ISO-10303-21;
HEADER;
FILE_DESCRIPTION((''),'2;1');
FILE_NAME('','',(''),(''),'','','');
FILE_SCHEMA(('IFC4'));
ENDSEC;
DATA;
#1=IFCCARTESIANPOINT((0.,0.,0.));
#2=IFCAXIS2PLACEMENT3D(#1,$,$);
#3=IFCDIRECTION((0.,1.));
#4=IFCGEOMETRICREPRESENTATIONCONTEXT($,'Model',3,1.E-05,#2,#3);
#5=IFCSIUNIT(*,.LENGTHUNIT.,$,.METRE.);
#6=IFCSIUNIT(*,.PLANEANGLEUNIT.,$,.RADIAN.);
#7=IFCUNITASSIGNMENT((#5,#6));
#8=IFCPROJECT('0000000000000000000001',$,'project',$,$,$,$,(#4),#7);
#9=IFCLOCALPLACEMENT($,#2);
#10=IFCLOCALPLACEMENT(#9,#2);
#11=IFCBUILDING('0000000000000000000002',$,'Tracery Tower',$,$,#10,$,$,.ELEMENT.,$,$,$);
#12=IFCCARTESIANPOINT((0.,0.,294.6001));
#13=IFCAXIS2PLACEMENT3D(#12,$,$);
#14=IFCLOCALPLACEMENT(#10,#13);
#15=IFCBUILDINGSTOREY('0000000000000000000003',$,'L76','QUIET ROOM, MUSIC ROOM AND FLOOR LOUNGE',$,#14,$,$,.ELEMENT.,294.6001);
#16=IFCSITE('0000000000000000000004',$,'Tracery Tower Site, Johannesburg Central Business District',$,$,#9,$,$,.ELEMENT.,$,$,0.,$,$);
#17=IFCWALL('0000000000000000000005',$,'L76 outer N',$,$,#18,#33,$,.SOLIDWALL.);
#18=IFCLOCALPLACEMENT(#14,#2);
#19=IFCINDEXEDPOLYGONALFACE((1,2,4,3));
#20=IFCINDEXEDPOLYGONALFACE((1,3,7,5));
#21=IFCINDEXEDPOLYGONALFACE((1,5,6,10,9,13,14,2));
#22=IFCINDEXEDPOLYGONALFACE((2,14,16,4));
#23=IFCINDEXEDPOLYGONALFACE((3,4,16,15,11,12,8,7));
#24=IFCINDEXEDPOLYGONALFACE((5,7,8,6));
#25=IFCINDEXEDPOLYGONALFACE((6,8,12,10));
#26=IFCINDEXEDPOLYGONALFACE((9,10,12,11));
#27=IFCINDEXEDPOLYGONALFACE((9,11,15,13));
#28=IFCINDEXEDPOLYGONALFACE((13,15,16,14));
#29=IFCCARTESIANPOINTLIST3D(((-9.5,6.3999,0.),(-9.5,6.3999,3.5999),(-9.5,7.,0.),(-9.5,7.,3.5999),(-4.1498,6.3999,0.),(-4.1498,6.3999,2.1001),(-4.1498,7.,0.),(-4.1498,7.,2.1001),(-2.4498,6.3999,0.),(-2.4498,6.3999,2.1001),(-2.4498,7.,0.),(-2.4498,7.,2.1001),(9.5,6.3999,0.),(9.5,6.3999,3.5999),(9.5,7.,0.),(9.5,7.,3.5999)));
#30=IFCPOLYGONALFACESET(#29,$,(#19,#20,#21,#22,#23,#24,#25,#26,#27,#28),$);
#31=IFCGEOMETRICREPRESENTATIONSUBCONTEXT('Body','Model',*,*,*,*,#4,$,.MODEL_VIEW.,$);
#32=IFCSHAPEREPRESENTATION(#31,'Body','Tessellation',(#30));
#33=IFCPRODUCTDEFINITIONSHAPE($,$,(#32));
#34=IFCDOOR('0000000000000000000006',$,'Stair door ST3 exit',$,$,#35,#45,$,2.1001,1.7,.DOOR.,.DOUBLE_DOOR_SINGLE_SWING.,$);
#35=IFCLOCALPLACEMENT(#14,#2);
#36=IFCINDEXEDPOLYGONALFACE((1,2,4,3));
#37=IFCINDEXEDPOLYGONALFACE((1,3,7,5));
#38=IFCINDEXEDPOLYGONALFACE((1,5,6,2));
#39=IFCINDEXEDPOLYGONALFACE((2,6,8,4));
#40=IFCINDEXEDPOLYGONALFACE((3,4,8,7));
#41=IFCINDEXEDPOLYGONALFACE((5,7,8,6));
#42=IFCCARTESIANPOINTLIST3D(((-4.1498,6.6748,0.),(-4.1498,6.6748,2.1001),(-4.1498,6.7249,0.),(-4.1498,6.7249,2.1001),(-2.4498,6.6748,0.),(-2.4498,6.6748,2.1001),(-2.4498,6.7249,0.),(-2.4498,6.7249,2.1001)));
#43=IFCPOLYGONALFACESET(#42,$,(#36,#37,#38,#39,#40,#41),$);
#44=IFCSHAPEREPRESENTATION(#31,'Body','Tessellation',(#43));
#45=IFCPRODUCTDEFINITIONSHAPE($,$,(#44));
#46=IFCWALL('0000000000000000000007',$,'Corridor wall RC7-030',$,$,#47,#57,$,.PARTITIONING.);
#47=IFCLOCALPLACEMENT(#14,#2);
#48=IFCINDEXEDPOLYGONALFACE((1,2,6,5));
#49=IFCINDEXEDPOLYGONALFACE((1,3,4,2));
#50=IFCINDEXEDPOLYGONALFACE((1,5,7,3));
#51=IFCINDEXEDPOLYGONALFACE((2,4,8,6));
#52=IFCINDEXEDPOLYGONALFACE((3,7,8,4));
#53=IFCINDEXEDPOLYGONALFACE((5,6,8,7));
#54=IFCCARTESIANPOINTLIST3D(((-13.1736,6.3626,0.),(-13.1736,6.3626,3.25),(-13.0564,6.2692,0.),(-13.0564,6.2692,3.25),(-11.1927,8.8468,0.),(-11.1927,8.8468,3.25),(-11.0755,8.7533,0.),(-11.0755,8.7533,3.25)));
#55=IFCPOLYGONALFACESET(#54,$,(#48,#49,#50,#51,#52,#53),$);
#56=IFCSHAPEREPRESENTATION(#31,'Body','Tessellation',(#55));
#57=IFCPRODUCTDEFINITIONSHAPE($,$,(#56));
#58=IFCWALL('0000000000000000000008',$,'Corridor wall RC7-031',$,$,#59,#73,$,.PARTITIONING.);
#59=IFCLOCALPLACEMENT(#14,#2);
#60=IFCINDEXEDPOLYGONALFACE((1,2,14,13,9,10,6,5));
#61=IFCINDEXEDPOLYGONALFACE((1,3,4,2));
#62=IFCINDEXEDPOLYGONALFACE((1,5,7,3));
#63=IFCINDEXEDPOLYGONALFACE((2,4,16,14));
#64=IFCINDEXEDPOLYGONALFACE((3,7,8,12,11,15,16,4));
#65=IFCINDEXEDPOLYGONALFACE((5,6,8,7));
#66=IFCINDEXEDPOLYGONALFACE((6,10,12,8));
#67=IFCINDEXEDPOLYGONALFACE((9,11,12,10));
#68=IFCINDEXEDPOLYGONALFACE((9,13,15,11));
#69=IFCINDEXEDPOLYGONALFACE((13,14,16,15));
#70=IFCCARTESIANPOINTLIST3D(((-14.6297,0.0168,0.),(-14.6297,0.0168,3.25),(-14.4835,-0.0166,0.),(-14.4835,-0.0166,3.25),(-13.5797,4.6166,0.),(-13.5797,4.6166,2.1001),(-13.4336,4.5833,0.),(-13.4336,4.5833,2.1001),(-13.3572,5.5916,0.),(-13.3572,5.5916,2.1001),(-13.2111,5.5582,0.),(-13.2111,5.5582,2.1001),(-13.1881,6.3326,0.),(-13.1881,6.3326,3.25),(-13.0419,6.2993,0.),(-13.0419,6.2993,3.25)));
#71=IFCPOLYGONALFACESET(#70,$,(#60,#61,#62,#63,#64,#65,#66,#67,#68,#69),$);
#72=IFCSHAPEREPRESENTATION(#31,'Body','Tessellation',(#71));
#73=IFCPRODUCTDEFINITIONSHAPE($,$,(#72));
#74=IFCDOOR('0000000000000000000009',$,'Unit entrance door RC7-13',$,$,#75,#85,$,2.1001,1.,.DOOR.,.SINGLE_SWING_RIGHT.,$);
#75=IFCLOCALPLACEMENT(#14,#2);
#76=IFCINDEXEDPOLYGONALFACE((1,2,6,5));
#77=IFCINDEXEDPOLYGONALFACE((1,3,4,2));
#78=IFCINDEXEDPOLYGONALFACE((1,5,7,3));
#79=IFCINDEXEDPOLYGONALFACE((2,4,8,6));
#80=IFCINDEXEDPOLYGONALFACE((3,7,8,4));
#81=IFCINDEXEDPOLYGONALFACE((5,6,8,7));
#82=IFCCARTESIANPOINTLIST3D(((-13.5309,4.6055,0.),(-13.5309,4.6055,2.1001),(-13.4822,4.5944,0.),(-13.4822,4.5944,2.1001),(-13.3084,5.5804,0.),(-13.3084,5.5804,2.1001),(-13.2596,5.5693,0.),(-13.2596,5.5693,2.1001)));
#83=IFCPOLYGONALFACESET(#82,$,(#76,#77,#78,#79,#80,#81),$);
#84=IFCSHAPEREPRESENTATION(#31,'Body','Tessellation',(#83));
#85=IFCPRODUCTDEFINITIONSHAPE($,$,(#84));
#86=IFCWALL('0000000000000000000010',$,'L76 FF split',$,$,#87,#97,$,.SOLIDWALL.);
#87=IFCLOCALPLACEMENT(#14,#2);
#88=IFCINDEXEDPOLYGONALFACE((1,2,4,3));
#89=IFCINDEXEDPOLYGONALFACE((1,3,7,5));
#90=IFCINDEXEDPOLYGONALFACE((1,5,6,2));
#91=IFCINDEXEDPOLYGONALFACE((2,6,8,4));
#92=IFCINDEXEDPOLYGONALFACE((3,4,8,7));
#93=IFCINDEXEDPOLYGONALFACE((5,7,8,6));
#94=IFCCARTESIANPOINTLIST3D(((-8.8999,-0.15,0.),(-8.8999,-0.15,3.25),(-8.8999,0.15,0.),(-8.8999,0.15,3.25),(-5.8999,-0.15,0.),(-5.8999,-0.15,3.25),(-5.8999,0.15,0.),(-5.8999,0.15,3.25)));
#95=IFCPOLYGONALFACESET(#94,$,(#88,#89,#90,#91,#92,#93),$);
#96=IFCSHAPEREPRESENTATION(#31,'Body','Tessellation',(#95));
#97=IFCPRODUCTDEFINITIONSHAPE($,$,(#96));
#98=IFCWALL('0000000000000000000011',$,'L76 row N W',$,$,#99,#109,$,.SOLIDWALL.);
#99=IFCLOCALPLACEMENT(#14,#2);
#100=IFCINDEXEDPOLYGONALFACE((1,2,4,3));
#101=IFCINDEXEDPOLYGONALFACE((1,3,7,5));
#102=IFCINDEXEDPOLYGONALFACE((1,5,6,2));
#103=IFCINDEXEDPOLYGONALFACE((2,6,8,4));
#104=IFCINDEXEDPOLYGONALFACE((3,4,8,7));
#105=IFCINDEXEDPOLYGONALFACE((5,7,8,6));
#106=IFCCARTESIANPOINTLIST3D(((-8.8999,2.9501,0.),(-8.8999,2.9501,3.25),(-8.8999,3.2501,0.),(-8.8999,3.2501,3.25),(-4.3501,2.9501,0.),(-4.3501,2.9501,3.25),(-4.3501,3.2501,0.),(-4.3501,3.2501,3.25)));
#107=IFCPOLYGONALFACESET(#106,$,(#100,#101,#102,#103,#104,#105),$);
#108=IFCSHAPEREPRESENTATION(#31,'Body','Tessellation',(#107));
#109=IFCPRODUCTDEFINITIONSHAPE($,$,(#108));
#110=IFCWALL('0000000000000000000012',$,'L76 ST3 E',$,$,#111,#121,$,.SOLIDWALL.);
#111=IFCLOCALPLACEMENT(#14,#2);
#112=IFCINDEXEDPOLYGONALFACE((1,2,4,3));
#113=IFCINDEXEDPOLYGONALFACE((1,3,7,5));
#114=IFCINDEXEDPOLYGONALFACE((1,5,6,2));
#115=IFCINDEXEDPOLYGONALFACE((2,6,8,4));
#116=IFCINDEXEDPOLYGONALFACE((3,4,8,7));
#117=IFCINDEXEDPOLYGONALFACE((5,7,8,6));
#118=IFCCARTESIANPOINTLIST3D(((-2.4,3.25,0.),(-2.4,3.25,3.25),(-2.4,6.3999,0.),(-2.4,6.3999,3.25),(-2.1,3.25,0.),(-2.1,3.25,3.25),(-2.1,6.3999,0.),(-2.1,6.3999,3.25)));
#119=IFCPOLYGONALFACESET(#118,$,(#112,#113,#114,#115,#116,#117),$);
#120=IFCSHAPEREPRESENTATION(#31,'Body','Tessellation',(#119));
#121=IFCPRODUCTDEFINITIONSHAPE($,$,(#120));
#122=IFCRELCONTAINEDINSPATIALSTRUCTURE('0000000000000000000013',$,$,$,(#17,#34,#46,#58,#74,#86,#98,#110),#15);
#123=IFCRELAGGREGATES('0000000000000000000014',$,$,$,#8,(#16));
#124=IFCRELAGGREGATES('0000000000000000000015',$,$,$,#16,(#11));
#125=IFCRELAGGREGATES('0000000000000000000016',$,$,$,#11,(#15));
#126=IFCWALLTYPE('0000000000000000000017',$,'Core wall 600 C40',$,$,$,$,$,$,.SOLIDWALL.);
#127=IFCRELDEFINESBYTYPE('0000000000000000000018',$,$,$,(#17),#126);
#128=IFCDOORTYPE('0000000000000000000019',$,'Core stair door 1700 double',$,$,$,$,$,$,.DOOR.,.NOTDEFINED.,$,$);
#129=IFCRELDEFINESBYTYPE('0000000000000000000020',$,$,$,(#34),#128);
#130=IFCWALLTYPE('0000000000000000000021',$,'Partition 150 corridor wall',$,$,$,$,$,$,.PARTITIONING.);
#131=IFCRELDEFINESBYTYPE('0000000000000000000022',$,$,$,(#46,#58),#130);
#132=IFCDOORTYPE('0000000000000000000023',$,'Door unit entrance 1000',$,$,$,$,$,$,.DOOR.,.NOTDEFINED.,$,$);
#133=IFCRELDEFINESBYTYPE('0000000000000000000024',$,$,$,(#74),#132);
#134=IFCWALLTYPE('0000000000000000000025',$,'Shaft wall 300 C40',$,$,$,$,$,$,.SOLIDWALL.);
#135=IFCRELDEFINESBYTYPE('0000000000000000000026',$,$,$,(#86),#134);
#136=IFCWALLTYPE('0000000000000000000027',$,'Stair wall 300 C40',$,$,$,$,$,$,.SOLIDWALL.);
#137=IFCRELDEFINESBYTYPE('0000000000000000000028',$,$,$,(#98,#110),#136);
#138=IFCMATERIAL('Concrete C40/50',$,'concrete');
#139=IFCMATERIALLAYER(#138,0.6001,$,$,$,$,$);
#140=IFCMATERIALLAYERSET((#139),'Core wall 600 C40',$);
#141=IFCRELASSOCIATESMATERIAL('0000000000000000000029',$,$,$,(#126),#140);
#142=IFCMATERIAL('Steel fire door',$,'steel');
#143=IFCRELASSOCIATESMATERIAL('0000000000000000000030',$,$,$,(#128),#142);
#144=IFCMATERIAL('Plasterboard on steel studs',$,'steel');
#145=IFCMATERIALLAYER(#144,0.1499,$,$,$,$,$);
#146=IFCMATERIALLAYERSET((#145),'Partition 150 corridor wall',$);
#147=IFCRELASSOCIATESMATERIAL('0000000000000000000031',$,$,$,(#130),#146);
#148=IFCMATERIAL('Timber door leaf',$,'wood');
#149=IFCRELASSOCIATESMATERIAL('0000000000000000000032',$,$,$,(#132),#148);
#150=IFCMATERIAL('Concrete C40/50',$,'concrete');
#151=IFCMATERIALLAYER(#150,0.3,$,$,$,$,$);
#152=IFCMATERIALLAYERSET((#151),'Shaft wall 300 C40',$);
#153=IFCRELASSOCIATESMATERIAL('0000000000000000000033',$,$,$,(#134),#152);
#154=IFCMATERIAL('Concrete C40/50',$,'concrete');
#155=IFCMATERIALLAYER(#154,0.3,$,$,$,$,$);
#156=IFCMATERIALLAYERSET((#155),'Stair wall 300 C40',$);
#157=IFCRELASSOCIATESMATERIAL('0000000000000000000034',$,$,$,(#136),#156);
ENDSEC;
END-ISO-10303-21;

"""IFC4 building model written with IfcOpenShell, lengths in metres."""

from ifc_helpers import new_model, si_unit, direction, frame, frame_2d, origin, place, context, subcontext, project, spatial, rectangle, extrude, material, layer, layer_set, type_object, element, fill, save


model = new_model("IFC4")

# Units and contexts
model_context = context("Model", 3, precision=1e-05, world=origin(), true_north=direction((0.0, 1.0)))
body_context = subcontext(model_context, "Body", "Model", "MODEL_VIEW")
ifc_project = project(units=[si_unit("LENGTHUNIT", "METRE"), si_unit("PLANEANGLEUNIT", "RADIAN")], contexts=[model_context])

# Site, building, storey
site_placement = place(None, origin())
site = spatial("IfcSite", under=ifc_project, at=site_placement, Name="Tracery Tower Site, Johannesburg Central Business District", CompositionType="ELEMENT", RefElevation=0.0)
building_placement = place(site_placement, origin())
building = spatial("IfcBuilding", under=site, at=building_placement, Name="Tracery Tower", CompositionType="ELEMENT")
storey_placement = place(building_placement, frame((0.0, 0.0, 294.6001)))
storey = spatial("IfcBuildingStorey", under=building, at=storey_placement, Name="L76", Description="QUIET ROOM, MUSIC ROOM AND FLOOR LOUNGE", CompositionType="ELEMENT", Elevation=294.6001)

# Wall, opening, door
ifc_material_1 = material(Name="Concrete C40/50", Category="concrete")
ifc_layer_1 = layer(ifc_material_1, 0.6001)
ifc_layer_set_1 = layer_set([ifc_layer_1], Name="Core wall 600 C40")
wall_type_1 = type_object("IfcWallType", Name="Core wall 600 C40", PredefinedType="SOLIDWALL", material=ifc_layer_set_1)
wall_1_placement = place(storey_placement, frame((-9.5, 6.7, 0.0), z_axis=(0.0, 0.0, 1.0), x_axis=(1.0, 0.0, 0.0)))
wall_1 = element("IfcWall", 1, at=wall_1_placement, inside=storey, type_object=wall_type_1, Name="L76 outer N", PredefinedType="SOLIDWALL", context=body_context, shape_type="SweptSolid", body=[
    extrude(rectangle(XDim=19.0, YDim=0.6001, at=frame_2d((9.5, 0.0))), origin(), (0.0, 0.0, 1.0), 3.5999),
])
opening_1_placement = place(wall_1_placement, frame((5.3501, 0.0, 0.0)))
opening_1 = element("IfcOpeningElement", 2, at=opening_1_placement, cuts=wall_1, PredefinedType="OPENING", context=body_context, shape_type="SweptSolid", body=[
    extrude(rectangle(XDim=1.7, YDim=2.1001, at=frame_2d((0.8501, 1.05))), frame((0.0, 0.3, 0.0), z_axis=(0.0, -1.0, 0.0), x_axis=(1.0, 0.0, 0.0)), (0.0, 0.0, 1.0), 0.6001),
])
ifc_material_2 = material(Name="Steel fire door", Category="steel")
door_type_1 = type_object("IfcDoorType", Name="Core stair door 1700 double", OperationType="NOTDEFINED", PredefinedType="DOOR", material=ifc_material_2)
door_1_placement = place(opening_1_placement, origin())
door_1 = element("IfcDoor", 3, at=door_1_placement, inside=storey, type_object=door_type_1, Name="Stair door ST3 exit", OperationType="DOUBLE_DOOR_SINGLE_SWING", OverallHeight=2.1001, OverallWidth=1.7, PredefinedType="DOOR", context=body_context, shape_type="SweptSolid", body=[
    extrude(rectangle(XDim=1.7, YDim=2.1001, at=frame_2d((0.8501, 1.05))), frame((0.0, 0.0249, 0.0), z_axis=(0.0, -1.0, 0.0), x_axis=(1.0, 0.0, 0.0)), (0.0, 0.0, 1.0), 0.05),
])
fill(opening_1, door_1)

# Wall
ifc_material_3 = material(Name="Plasterboard on steel studs", Category="steel")
ifc_layer_2 = layer(ifc_material_3, 0.1499)
ifc_layer_set_2 = layer_set([ifc_layer_2], Name="Partition 150 corridor wall")
wall_type_2 = type_object("IfcWallType", Name="Partition 150 corridor wall", PredefinedType="PARTITIONING", material=ifc_layer_set_2)
wall_2_placement = place(storey_placement, frame((-13.115, 6.3159, 0.0), z_axis=(0.0, 0.0, 1.0), x_axis=(0.623476, 0.781842, 0.0)))
element("IfcWall", 4, at=wall_2_placement, inside=storey, type_object=wall_type_2, Name="Corridor wall RC7-030", PredefinedType="PARTITIONING", context=body_context, shape_type="SweptSolid", body=[
    extrude(rectangle(XDim=3.1772, YDim=0.1499, at=frame_2d((1.5886, 0.0))), origin(), (0.0, 0.0, 1.0), 3.25),
])

# Wall, opening, door
wall_3_placement = place(storey_placement, frame((-14.5566, 0.0, 0.0), z_axis=(0.0, 0.0, 1.0), x_axis=(0.222533, 0.974925, 0.0)))
wall_3 = element("IfcWall", 5, at=wall_3_placement, inside=storey, type_object=wall_type_2, Name="Corridor wall RC7-031", PredefinedType="PARTITIONING", context=body_context, shape_type="SweptSolid", body=[
    extrude(rectangle(XDim=6.4783, YDim=0.1499, at=frame_2d((3.2393, 0.0))), origin(), (0.0, 0.0, 1.0), 3.25),
])
opening_2_placement = place(wall_3_placement, frame((4.7183, 0.0, 0.0)))
opening_2 = element("IfcOpeningElement", 6, at=opening_2_placement, cuts=wall_3, PredefinedType="OPENING", context=body_context, shape_type="SweptSolid", body=[
    extrude(rectangle(XDim=1.0, YDim=2.1001, at=frame_2d((0.5, 1.05))), frame((0.0, 0.075, 0.0), z_axis=(0.0, -1.0, 0.0), x_axis=(1.0, 0.0, 0.0)), (0.0, 0.0, 1.0), 0.1499),
])
ifc_material_4 = material(Name="Timber door leaf", Category="wood")
door_type_2 = type_object("IfcDoorType", Name="Door unit entrance 1000", OperationType="NOTDEFINED", PredefinedType="DOOR", material=ifc_material_4)
door_2_placement = place(opening_2_placement, origin())
door_2 = element("IfcDoor", 7, at=door_2_placement, inside=storey, type_object=door_type_2, Name="Unit entrance door RC7-13", OperationType="SINGLE_SWING_RIGHT", OverallHeight=2.1001, OverallWidth=1.0, PredefinedType="DOOR", context=body_context, shape_type="SweptSolid", body=[
    extrude(rectangle(XDim=1.0, YDim=2.1001, at=frame_2d((0.5, 1.05))), frame((0.0, 0.0249, 0.0), z_axis=(0.0, -1.0, 0.0), x_axis=(1.0, 0.0, 0.0)), (0.0, 0.0, 1.0), 0.05),
])
fill(opening_2, door_2)

# Walls
ifc_material_5 = material(Name="Concrete C40/50", Category="concrete")
ifc_layer_3 = layer(ifc_material_5, 0.3)
ifc_layer_set_3 = layer_set([ifc_layer_3], Name="Shaft wall 300 C40")
wall_type_3 = type_object("IfcWallType", Name="Shaft wall 300 C40", PredefinedType="SOLIDWALL", material=ifc_layer_set_3)
wall_4_placement = place(storey_placement, frame((-8.8999, 0.0, 0.0), z_axis=(0.0, 0.0, 1.0), x_axis=(1.0, 0.0, 0.0)))
element("IfcWall", 8, at=wall_4_placement, inside=storey, type_object=wall_type_3, Name="L76 FF split", PredefinedType="SOLIDWALL", context=body_context, shape_type="SweptSolid", body=[
    extrude(rectangle(XDim=3.0, YDim=0.3, at=frame_2d((1.5, 0.0))), origin(), (0.0, 0.0, 1.0), 3.25),
])
ifc_material_6 = material(Name="Concrete C40/50", Category="concrete")
ifc_layer_4 = layer(ifc_material_6, 0.3)
ifc_layer_set_4 = layer_set([ifc_layer_4], Name="Stair wall 300 C40")
wall_type_4 = type_object("IfcWallType", Name="Stair wall 300 C40", PredefinedType="SOLIDWALL", material=ifc_layer_set_4)
wall_5_placement = place(storey_placement, frame((-8.8999, 3.1001, 0.0), z_axis=(0.0, 0.0, 1.0), x_axis=(1.0, 0.0, 0.0)))
element("IfcWall", 9, at=wall_5_placement, inside=storey, type_object=wall_type_4, Name="L76 row N W", PredefinedType="SOLIDWALL", context=body_context, shape_type="SweptSolid", body=[
    extrude(rectangle(XDim=4.5498, YDim=0.3, at=frame_2d((2.2749, 0.0))), origin(), (0.0, 0.0, 1.0), 3.25),
])

# Wall
wall_6_placement = place(storey_placement, frame((-2.25, 3.25, 0.0), z_axis=(0.0, 0.0, 1.0), x_axis=(0.0, 1.0, 0.0)))
element("IfcWall", 10, at=wall_6_placement, inside=storey, type_object=wall_type_4, Name="L76 ST3 E", PredefinedType="SOLIDWALL", context=body_context, shape_type="SweptSolid", body=[
    extrude(rectangle(XDim=3.1499, YDim=0.3, at=frame_2d((1.575, 0.0))), origin(), (0.0, 0.0, 1.0), 3.25),
])

save(model, "model.ifc")
